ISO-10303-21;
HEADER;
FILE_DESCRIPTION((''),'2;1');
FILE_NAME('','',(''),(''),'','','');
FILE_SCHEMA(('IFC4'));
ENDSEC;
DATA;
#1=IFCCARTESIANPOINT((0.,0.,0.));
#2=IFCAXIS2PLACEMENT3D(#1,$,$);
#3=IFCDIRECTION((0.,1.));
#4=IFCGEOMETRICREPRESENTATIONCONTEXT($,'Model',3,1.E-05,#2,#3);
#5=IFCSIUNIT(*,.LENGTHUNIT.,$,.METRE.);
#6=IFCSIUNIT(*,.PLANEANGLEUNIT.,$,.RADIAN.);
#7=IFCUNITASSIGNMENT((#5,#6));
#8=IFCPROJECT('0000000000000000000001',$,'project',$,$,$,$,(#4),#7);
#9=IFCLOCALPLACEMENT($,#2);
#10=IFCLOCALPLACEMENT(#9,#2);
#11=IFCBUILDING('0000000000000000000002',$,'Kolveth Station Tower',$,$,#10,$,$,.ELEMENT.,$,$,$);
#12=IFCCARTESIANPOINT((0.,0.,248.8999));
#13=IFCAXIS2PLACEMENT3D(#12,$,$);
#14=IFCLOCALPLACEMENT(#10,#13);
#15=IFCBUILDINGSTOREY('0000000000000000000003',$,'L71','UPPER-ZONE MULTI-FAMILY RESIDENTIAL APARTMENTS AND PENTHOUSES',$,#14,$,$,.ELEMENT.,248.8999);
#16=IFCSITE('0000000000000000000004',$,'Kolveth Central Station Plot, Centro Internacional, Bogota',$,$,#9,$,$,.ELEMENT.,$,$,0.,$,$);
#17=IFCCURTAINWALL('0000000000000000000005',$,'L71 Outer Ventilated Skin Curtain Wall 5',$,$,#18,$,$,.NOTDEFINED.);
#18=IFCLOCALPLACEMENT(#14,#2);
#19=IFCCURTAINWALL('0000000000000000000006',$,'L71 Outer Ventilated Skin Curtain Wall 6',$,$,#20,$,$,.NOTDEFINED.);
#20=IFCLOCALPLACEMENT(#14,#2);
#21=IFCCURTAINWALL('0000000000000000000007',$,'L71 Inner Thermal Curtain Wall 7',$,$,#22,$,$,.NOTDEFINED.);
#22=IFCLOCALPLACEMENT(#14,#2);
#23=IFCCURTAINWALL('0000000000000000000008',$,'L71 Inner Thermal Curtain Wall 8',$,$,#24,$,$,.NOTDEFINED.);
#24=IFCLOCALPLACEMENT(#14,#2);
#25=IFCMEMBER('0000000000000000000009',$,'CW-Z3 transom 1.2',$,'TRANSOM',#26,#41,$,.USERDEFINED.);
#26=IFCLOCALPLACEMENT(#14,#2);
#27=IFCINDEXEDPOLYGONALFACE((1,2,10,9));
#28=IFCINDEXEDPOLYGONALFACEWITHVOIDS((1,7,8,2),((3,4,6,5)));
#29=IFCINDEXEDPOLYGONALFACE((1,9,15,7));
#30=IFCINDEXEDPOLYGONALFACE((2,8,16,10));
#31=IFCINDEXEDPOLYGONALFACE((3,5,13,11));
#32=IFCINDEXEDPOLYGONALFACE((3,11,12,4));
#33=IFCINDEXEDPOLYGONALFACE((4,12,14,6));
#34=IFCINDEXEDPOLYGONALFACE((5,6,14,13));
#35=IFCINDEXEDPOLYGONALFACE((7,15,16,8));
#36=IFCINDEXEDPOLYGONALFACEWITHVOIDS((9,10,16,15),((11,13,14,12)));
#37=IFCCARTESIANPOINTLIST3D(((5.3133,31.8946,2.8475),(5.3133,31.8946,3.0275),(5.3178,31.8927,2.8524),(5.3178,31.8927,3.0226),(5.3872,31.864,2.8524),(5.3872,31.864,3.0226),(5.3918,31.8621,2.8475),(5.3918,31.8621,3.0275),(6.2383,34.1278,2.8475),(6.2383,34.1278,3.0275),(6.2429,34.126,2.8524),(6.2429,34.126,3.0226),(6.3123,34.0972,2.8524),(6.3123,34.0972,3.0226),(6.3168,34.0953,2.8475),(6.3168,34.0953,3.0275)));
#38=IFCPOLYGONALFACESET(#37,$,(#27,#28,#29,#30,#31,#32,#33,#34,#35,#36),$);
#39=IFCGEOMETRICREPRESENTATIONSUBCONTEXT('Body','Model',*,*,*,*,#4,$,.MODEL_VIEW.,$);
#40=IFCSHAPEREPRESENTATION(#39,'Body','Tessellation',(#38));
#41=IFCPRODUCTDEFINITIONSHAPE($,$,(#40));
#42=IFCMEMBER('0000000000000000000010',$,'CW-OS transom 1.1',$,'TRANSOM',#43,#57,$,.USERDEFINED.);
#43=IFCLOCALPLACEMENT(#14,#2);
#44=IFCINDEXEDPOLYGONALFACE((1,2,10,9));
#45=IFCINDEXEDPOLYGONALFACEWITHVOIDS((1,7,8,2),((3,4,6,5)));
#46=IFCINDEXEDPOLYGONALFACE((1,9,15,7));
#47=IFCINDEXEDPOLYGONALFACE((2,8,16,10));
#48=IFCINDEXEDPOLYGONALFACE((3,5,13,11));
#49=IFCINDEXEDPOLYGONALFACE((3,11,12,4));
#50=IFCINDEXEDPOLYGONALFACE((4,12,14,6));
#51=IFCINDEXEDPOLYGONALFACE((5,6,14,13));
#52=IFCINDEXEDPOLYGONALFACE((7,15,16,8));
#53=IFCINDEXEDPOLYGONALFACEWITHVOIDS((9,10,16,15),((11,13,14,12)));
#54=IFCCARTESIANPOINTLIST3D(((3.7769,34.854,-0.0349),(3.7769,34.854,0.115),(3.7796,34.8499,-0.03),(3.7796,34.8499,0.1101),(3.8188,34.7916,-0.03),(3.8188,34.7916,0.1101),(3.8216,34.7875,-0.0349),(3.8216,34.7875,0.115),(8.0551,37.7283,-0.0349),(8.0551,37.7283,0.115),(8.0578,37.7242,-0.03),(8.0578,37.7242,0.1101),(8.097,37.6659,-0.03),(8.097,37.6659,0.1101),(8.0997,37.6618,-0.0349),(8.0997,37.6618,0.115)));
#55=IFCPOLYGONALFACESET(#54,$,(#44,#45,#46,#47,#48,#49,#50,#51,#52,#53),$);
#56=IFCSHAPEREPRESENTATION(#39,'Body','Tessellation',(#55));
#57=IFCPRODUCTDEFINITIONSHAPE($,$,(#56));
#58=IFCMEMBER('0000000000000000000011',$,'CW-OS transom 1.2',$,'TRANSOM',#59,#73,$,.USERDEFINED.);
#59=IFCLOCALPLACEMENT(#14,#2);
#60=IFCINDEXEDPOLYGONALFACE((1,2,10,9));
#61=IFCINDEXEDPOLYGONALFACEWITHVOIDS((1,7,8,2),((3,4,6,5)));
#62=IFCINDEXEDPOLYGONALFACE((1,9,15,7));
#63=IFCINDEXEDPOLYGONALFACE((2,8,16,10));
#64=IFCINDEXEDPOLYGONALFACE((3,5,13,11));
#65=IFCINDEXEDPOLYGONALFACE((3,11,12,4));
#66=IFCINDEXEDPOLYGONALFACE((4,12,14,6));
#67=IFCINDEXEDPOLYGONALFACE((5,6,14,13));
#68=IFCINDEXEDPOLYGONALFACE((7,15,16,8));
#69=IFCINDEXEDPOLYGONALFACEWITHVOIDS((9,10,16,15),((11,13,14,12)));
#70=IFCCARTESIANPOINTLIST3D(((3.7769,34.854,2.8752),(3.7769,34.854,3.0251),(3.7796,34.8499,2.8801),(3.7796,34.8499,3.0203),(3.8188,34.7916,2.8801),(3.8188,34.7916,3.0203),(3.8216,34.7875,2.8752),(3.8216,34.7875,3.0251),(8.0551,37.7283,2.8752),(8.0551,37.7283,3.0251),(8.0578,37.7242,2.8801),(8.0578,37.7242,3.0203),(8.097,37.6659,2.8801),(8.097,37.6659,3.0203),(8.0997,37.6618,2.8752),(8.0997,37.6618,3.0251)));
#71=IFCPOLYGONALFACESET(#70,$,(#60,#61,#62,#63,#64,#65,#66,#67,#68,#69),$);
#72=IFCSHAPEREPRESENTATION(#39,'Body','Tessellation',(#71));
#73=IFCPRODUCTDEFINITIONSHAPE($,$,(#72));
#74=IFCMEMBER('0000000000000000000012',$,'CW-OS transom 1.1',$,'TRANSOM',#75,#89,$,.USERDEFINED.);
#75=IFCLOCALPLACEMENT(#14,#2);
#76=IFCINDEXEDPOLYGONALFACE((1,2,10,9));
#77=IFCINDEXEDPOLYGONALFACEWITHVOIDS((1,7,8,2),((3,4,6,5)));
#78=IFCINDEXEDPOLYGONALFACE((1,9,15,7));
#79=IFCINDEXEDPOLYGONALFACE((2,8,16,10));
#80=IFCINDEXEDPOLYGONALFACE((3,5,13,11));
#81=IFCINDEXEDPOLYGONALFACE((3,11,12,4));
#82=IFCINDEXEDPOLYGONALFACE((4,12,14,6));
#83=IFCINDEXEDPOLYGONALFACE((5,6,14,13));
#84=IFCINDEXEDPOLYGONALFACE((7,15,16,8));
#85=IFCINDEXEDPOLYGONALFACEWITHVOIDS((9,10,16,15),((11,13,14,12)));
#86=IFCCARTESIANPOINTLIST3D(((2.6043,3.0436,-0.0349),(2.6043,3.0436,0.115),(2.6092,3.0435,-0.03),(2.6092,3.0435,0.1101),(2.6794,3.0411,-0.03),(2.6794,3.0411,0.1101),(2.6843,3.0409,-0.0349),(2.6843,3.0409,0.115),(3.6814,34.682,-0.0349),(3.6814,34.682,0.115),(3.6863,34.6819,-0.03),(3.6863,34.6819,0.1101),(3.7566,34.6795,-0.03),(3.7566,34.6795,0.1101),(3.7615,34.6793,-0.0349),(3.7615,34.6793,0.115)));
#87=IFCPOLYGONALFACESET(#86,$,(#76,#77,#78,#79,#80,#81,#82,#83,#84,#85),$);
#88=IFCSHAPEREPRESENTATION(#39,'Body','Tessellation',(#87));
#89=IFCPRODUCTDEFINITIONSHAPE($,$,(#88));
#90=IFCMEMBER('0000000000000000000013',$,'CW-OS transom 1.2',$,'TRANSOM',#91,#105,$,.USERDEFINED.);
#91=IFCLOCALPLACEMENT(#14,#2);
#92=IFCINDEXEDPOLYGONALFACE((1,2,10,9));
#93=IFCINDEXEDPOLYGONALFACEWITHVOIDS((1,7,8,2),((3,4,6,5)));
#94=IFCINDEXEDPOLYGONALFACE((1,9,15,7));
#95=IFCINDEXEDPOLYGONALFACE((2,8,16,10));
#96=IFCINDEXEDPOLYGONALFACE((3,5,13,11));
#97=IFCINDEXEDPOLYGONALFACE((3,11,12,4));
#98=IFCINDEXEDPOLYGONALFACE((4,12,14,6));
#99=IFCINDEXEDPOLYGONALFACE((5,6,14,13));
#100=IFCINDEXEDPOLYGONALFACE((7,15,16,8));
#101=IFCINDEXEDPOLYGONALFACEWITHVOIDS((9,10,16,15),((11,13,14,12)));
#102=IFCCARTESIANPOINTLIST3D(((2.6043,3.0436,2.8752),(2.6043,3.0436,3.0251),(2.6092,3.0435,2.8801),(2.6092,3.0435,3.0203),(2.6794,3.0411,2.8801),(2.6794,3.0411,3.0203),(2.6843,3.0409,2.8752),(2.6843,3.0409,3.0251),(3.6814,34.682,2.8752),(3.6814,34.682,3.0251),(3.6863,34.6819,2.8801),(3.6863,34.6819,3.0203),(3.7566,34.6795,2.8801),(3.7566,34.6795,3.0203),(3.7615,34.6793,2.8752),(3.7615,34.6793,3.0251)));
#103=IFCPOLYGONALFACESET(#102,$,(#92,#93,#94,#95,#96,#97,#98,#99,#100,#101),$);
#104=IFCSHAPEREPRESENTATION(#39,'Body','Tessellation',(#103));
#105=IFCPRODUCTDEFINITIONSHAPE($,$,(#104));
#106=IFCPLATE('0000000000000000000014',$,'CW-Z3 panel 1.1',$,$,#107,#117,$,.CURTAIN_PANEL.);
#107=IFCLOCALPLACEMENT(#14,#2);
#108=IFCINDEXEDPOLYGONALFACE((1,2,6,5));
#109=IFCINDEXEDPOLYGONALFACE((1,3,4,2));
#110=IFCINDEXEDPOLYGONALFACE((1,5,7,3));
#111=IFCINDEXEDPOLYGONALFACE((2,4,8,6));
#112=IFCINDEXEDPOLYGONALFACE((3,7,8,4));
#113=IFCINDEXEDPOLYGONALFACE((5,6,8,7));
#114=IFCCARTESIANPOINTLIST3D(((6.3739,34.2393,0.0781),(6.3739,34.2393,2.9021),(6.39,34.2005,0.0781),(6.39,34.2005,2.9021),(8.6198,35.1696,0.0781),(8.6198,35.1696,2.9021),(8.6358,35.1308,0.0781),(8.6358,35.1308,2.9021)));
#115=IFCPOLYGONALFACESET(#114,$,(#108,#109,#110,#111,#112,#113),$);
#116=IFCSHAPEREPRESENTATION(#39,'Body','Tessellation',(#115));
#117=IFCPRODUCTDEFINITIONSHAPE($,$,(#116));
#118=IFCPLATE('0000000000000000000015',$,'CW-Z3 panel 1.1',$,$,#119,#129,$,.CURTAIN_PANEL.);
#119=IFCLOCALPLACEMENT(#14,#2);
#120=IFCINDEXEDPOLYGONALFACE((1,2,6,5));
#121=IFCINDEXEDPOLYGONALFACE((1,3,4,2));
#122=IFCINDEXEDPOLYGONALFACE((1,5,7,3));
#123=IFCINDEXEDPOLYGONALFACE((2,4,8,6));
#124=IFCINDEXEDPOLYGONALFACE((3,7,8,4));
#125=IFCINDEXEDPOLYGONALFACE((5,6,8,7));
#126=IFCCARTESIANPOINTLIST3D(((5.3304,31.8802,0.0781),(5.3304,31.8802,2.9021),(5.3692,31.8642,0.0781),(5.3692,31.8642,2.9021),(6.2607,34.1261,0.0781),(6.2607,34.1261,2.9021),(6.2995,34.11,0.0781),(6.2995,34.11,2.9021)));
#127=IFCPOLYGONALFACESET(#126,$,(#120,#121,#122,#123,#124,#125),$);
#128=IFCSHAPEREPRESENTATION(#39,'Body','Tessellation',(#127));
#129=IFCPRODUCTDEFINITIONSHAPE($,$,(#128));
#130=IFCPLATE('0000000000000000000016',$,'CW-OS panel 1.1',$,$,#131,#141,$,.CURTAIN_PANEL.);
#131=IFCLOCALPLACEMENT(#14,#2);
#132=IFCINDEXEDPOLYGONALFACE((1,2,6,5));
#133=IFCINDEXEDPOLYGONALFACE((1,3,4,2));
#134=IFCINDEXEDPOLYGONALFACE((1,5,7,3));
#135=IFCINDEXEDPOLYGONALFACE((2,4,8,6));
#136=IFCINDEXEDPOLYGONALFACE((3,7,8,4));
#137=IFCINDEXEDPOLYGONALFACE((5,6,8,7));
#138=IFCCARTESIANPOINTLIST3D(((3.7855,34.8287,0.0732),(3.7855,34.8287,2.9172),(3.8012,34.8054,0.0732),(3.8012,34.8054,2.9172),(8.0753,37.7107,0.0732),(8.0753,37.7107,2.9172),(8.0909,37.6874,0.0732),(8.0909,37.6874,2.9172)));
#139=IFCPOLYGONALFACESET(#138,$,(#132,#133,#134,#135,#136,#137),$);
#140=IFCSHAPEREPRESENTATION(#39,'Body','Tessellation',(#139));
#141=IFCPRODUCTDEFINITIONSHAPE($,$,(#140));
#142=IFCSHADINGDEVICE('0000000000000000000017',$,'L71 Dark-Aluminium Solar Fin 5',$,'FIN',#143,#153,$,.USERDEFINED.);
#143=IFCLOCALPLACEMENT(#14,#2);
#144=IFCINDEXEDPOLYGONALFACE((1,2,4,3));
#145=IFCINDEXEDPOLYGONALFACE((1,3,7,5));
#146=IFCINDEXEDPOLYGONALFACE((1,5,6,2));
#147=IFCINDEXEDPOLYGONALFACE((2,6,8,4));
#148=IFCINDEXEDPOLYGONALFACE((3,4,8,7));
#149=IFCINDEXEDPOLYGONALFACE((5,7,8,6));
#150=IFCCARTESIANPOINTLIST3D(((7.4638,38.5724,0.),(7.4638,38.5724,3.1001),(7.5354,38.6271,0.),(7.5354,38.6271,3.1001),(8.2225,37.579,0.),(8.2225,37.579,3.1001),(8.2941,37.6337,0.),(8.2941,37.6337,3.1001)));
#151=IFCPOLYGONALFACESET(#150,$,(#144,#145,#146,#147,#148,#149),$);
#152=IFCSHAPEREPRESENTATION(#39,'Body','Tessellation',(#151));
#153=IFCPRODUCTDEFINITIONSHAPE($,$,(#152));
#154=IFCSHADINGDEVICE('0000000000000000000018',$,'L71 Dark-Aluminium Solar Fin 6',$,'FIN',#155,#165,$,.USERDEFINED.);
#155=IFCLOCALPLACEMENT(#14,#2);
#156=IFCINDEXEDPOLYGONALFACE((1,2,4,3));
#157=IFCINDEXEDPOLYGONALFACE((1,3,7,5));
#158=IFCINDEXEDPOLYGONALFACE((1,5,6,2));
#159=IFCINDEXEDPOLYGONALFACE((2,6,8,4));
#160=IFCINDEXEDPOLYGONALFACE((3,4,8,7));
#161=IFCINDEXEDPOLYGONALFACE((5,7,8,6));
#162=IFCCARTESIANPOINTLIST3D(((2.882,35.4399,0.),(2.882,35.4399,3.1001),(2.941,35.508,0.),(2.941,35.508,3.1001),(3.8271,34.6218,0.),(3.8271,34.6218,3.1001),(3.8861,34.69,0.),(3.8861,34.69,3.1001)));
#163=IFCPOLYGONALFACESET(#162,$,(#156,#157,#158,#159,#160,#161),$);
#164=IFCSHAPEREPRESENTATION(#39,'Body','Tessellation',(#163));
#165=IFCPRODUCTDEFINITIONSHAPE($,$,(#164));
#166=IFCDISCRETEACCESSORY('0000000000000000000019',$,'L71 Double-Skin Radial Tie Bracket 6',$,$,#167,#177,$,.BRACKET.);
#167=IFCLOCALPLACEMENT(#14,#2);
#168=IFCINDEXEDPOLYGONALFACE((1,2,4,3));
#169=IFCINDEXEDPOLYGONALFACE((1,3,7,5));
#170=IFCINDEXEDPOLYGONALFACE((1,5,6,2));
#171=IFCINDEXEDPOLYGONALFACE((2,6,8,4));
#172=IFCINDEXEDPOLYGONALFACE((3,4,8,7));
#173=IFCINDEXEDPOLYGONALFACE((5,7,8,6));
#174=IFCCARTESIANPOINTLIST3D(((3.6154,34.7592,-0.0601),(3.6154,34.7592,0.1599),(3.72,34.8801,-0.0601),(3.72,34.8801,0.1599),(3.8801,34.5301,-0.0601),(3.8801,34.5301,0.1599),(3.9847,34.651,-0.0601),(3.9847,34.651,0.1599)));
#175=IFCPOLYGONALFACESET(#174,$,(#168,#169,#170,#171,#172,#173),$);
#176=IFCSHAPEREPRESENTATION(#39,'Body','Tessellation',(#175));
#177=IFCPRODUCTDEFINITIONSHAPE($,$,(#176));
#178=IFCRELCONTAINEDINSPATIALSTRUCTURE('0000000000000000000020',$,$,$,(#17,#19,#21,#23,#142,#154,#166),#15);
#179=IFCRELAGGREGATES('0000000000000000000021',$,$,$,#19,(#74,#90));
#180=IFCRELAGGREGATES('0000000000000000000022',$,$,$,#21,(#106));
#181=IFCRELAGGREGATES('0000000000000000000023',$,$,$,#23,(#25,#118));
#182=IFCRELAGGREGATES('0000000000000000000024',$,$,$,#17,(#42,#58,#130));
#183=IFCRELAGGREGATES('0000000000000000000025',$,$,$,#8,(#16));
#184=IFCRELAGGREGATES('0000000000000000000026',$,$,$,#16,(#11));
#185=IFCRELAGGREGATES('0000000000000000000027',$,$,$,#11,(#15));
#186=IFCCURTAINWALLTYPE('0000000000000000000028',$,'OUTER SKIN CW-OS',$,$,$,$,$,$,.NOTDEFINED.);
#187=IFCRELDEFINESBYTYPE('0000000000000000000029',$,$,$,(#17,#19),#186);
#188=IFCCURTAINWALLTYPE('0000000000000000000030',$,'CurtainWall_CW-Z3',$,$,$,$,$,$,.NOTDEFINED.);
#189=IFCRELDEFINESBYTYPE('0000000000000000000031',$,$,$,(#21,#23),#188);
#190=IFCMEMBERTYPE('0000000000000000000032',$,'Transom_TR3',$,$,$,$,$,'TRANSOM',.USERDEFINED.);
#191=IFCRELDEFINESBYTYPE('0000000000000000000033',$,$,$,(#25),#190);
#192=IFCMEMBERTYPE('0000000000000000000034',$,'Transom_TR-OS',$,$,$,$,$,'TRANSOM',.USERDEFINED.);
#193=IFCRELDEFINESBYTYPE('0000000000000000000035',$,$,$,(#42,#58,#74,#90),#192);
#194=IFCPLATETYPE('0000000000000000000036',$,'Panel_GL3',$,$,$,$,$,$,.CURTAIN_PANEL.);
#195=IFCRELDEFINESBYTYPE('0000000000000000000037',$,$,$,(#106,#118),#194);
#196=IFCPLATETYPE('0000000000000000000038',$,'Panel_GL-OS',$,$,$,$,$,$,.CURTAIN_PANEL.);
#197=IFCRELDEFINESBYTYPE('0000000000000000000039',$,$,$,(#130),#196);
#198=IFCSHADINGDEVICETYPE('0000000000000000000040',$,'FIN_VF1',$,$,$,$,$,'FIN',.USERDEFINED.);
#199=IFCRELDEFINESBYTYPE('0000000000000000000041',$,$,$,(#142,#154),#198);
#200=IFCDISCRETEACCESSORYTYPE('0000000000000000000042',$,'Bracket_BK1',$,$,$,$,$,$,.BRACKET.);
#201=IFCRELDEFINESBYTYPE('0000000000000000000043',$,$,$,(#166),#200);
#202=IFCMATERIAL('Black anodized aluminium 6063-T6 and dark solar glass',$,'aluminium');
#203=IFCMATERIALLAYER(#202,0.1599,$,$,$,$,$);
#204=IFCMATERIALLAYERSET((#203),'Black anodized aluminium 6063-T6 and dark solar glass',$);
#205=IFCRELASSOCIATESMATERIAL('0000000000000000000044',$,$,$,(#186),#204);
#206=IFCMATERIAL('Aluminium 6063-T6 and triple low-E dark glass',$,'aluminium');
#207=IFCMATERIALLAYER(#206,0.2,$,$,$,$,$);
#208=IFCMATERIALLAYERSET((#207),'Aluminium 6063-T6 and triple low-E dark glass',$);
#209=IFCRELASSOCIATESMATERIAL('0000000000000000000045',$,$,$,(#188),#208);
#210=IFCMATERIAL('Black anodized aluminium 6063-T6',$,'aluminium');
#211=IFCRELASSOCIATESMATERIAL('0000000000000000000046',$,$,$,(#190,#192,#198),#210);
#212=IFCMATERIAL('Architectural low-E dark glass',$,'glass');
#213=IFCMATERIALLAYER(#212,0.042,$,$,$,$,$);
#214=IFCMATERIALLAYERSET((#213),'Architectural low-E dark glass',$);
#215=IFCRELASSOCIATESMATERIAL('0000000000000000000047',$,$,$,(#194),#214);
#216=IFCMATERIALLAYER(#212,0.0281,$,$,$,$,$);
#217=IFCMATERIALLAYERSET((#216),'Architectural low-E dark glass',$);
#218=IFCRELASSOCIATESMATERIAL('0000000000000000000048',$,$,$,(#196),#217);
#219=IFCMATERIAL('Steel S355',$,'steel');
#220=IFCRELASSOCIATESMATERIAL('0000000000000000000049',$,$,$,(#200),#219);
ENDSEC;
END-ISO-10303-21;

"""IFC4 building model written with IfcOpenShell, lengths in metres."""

from ifc_helpers import new_model, si_unit, direction, frame, origin, origin_2d, place, context, subcontext, project, spatial, rectangle, hollow_rectangle, extrude, source, transform, mapped, material, layer, layer_set, material_profile, profile_set, type_object, element, aggregate, save


model = new_model("IFC4")

# Units and contexts
model_context = context("Model", 3, precision=1e-05, world=origin(), true_north=direction((0.0, 1.0)))
body_context = subcontext(model_context, "Body", "Model", "MODEL_VIEW")
ifc_project = project(units=[si_unit("LENGTHUNIT", "METRE"), si_unit("PLANEANGLEUNIT", "RADIAN")], contexts=[model_context])

# Site, building, storey
site_placement = place(None, origin())
site = spatial("IfcSite", under=ifc_project, at=site_placement, Name="Kolveth Central Station Plot, Centro Internacional, Bogota", CompositionType="ELEMENT", RefElevation=0.0)
building_placement = place(site_placement, origin())
building = spatial("IfcBuilding", under=site, at=building_placement, Name="Kolveth Station Tower", CompositionType="ELEMENT")
storey_placement = place(building_placement, frame((0.0, 0.0, 248.8999)))
storey = spatial("IfcBuildingStorey", under=building, at=storey_placement, Name="L71", Description="UPPER-ZONE MULTI-FAMILY RESIDENTIAL APARTMENTS AND PENTHOUSES", CompositionType="ELEMENT", Elevation=248.8999)

# Curtain wall
ifc_material_1 = material(Name="Black anodized aluminium 6063-T6 and dark solar glass", Category="aluminium")
ifc_layer_1 = layer(ifc_material_1, 0.1599)
ifc_layer_set_1 = layer_set([ifc_layer_1], Name="Black anodized aluminium 6063-T6 and dark solar glass")
curtain_wall_type_1 = type_object("IfcCurtainWallType", Name="OUTER SKIN CW-OS", PredefinedType="NOTDEFINED", material=ifc_layer_set_1)
curtain_wall_1_placement = place(storey_placement, origin())
curtain_wall_1 = element("IfcCurtainWall", 1, at=curtain_wall_1_placement, inside=storey, type_object=curtain_wall_type_1, Name="L71 Outer Ventilated Skin Curtain Wall 5", PredefinedType="NOTDEFINED")
ifc_material_2 = material(Name="Black anodized aluminium 6063-T6", Category="aluminium")

# Curtain walls
curtain_wall_2_placement = place(storey_placement, origin())
curtain_wall_2 = element("IfcCurtainWall", 2, at=curtain_wall_2_placement, inside=storey, type_object=curtain_wall_type_1, Name="L71 Outer Ventilated Skin Curtain Wall 6", PredefinedType="NOTDEFINED")
ifc_material_3 = material(Name="Aluminium 6063-T6 and triple low-E dark glass", Category="aluminium")
ifc_layer_2 = layer(ifc_material_3, 0.2)
ifc_layer_set_2 = layer_set([ifc_layer_2], Name="Aluminium 6063-T6 and triple low-E dark glass")
curtain_wall_type_2 = type_object("IfcCurtainWallType", Name="CurtainWall_CW-Z3", PredefinedType="NOTDEFINED", material=ifc_layer_set_2)
curtain_wall_3_placement = place(storey_placement, origin())
curtain_wall_3 = element("IfcCurtainWall", 3, at=curtain_wall_3_placement, inside=storey, type_object=curtain_wall_type_2, Name="L71 Inner Thermal Curtain Wall 7", PredefinedType="NOTDEFINED")

# Curtain wall
curtain_wall_4_placement = place(storey_placement, origin())
curtain_wall_4 = element("IfcCurtainWall", 4, at=curtain_wall_4_placement, inside=storey, type_object=curtain_wall_type_2, Name="L71 Inner Thermal Curtain Wall 8", PredefinedType="NOTDEFINED")
ifc_material_profile_1 = material_profile(ifc_material_2, hollow_rectangle(XDim=0.085, YDim=0.1799, WallThickness=0.0049, at=origin_2d()), Name="ALU-85x180x5")
ifc_profile_set_1 = profile_set([ifc_material_profile_1], Name="Black anodized aluminium 6063-T6")
member_type_1 = type_object("IfcMemberType", Name="Transom_TR3", ElementType="TRANSOM", PredefinedType="USERDEFINED", material=ifc_profile_set_1)

# Members
shared_shape_1 = source(origin(), body_context, "Body", "SweptSolid", [
    extrude(hollow_rectangle(XDim=0.085, YDim=0.1799, WallThickness=0.0049, at=origin_2d()), origin(), (0.0, 0.0, 1.0), 2.4172),
])
member_1_placement = place(storey_placement, frame((6.2776, 34.1116, 2.9375), z_axis=(-0.3827, -0.923873, 0.0), x_axis=(0.923873, -0.3827, 0.0)))
member_1 = element("IfcMember", 5, at=member_1_placement, type_object=member_type_1, Name="CW-Z3 transom 1.2", ObjectType="TRANSOM", PredefinedType="USERDEFINED", context=body_context, shape_type="MappedRepresentation", body=[
    mapped(shared_shape_1, transform((0.0, 0.0, 0.0), x_axis=(1.0, 0.0, 0.0), y_axis=(0.0, 1.0, 0.0), z_axis=(0.0, 0.0, 1.0), scale=1.0)),
])
ifc_material_profile_2 = material_profile(ifc_material_2, hollow_rectangle(XDim=0.0801, YDim=0.1499, WallThickness=0.0049, at=origin_2d()), Name="ALU-80x150x5")
ifc_profile_set_2 = profile_set([ifc_material_profile_2], Name="Black anodized aluminium 6063-T6")
member_type_2 = type_object("IfcMemberType", Name="Transom_TR-OS", ElementType="TRANSOM", PredefinedType="USERDEFINED", material=ifc_profile_set_2)
shared_shape_2 = source(origin(), body_context, "Body", "SweptSolid", [
    extrude(hollow_rectangle(XDim=0.0801, YDim=0.1499, WallThickness=0.0049, at=origin_2d()), origin(), (0.0, 0.0, 1.0), 5.1541),
])
member_2_placement = place(storey_placement, frame((8.0774, 37.6951, 0.04), z_axis=(-0.830055, -0.557681, 0.0), x_axis=(0.557681, -0.830055, 0.0)))
member_2 = element("IfcMember", 6, at=member_2_placement, type_object=member_type_2, Name="CW-OS transom 1.1", ObjectType="TRANSOM", PredefinedType="USERDEFINED", context=body_context, shape_type="MappedRepresentation", body=[
    mapped(shared_shape_2, transform((0.0, 0.0, 0.0), x_axis=(1.0, 0.0, 0.0), y_axis=(0.0, 1.0, 0.0), z_axis=(0.0, 0.0, 1.0), scale=1.0)),
])
member_3_placement = place(storey_placement, frame((8.0774, 37.6951, 2.9502), z_axis=(-0.830055, -0.557681, 0.0), x_axis=(0.557681, -0.830055, 0.0)))
member_3 = element("IfcMember", 7, at=member_3_placement, type_object=member_type_2, Name="CW-OS transom 1.2", ObjectType="TRANSOM", PredefinedType="USERDEFINED", context=body_context, shape_type="MappedRepresentation", body=[
    mapped(shared_shape_2, transform((0.0, 0.0, 0.0), x_axis=(1.0, 0.0, 0.0), y_axis=(0.0, 1.0, 0.0), z_axis=(0.0, 0.0, 1.0), scale=1.0)),
])
shared_shape_3 = source(origin(), body_context, "Body", "SweptSolid", [
    extrude(hollow_rectangle(XDim=0.0801, YDim=0.1499, WallThickness=0.0049, at=origin_2d()), origin(), (0.0, 0.0, 1.0), 31.6567),
])
member_4_placement = place(storey_placement, frame((3.7214, 34.6807, 0.04), z_axis=(-0.034026, -0.999421, 0.0), x_axis=(0.999421, -0.034026, 0.0)))
member_4 = element("IfcMember", 8, at=member_4_placement, type_object=member_type_2, Name="CW-OS transom 1.1", ObjectType="TRANSOM", PredefinedType="USERDEFINED", context=body_context, shape_type="MappedRepresentation", body=[
    mapped(shared_shape_3, transform((0.0, 0.0, 0.0), x_axis=(1.0, 0.0, 0.0), y_axis=(0.0, 1.0, 0.0), z_axis=(0.0, 0.0, 1.0), scale=1.0)),
])
member_5_placement = place(storey_placement, frame((3.7214, 34.6807, 2.9502), z_axis=(-0.034026, -0.999421, 0.0), x_axis=(0.999421, -0.034026, 0.0)))
member_5 = element("IfcMember", 9, at=member_5_placement, type_object=member_type_2, Name="CW-OS transom 1.2", ObjectType="TRANSOM", PredefinedType="USERDEFINED", context=body_context, shape_type="MappedRepresentation", body=[
    mapped(shared_shape_3, transform((0.0, 0.0, 0.0), x_axis=(1.0, 0.0, 0.0), y_axis=(0.0, 1.0, 0.0), z_axis=(0.0, 0.0, 1.0), scale=1.0)),
])
aggregate(curtain_wall_2, [member_4, member_5])

# Plates
ifc_material_4 = material(Name="Architectural low-E dark glass", Category="glass")
ifc_layer_3 = layer(ifc_material_4, 0.042)
ifc_layer_set_3 = layer_set([ifc_layer_3], Name="Architectural low-E dark glass")
plate_type_1 = type_object("IfcPlateType", Name="Panel_GL3", PredefinedType="CURTAIN_PANEL", material=ifc_layer_set_3)
shared_shape_4 = source(origin(), body_context, "Body", "SweptSolid", [
    extrude(rectangle(XDim=2.4309, YDim=0.042, at=origin_2d()), origin(), (0.0, 0.0, 1.0), 2.824),
])
plate_1_placement = place(storey_placement, frame((7.5049, 34.6851, 0.0781), z_axis=(0.0, 0.0, 1.0), x_axis=(-0.923875, -0.382693, 0.0)))
plate_1 = element("IfcPlate", 10, at=plate_1_placement, type_object=plate_type_1, Name="CW-Z3 panel 1.1", PredefinedType="CURTAIN_PANEL", context=body_context, shape_type="MappedRepresentation", body=[
    mapped(shared_shape_4, transform((0.0, 0.0, 0.0), x_axis=(1.0, 0.0, 0.0), y_axis=(0.0, 1.0, 0.0), z_axis=(0.0, 0.0, 1.0), scale=1.0)),
])
aggregate(curtain_wall_3, [plate_1])
plate_2_placement = place(storey_placement, frame((5.8149, 32.9951, 0.0781), z_axis=(0.0, 0.0, 1.0), x_axis=(-0.382693, -0.923875, 0.0)))
plate_2 = element("IfcPlate", 11, at=plate_2_placement, type_object=plate_type_1, Name="CW-Z3 panel 1.1", PredefinedType="CURTAIN_PANEL", context=body_context, shape_type="MappedRepresentation", body=[
    mapped(shared_shape_4, transform((0.0, 0.0, 0.0), x_axis=(1.0, 0.0, 0.0), y_axis=(0.0, 1.0, 0.0), z_axis=(0.0, 0.0, 1.0), scale=1.0)),
])
aggregate(curtain_wall_4, [member_1, plate_2])
ifc_layer_4 = layer(ifc_material_4, 0.0281)
ifc_layer_set_4 = layer_set([ifc_layer_4], Name="Architectural low-E dark glass")
plate_type_2 = type_object("IfcPlateType", Name="Panel_GL-OS", PredefinedType="CURTAIN_PANEL", material=ifc_layer_set_4)
shared_shape_5 = source(origin(), body_context, "Body", "SweptSolid", [
    extrude(rectangle(XDim=5.168, YDim=0.0281, at=origin_2d()), origin(), (0.0, 0.0, 1.0), 2.844),
])
plate_3_placement = place(storey_placement, frame((5.9382, 36.2581, 0.0732), z_axis=(0.0, 0.0, 1.0), x_axis=(-0.830066, -0.557665, 0.0)))
plate_3 = element("IfcPlate", 12, at=plate_3_placement, type_object=plate_type_2, Name="CW-OS panel 1.1", PredefinedType="CURTAIN_PANEL", context=body_context, shape_type="MappedRepresentation", body=[
    mapped(shared_shape_5, transform((0.0, 0.0, 0.0), x_axis=(1.0, 0.0, 0.0), y_axis=(0.0, 1.0, 0.0), z_axis=(0.0, 0.0, 1.0), scale=1.0)),
])
aggregate(curtain_wall_1, [member_2, member_3, plate_3])

# Shading devices
shading_device_type = type_object("IfcShadingDeviceType", Name="FIN_VF1", ElementType="FIN", PredefinedType="USERDEFINED", material=ifc_material_2)
shared_shape_6 = source(origin(), body_context, "Body", "SweptSolid", [
    extrude(rectangle(XDim=1.25, YDim=0.0901, at=origin_2d()), origin(), (0.0, 0.0, 1.0), 3.1001),
])
for number, where, z_axis, x_axis, name in (
    (13, (7.8789, 38.103, 0.0), (0.0, 0.0, 1.0), (-0.60696, 0.794733, 0.0), "L71 Dark-Aluminium Solar Fin 5"),
    (14, (3.384, 35.0649, 0.0), (0.0, 0.0, 1.0), (-0.756082, 0.654477, 0.0), "L71 Dark-Aluminium Solar Fin 6"),
):
    element("IfcShadingDevice", number, at=place(storey_placement, frame(where, z_axis=z_axis, x_axis=x_axis)), inside=storey, type_object=shading_device_type, Name=name, ObjectType="FIN", PredefinedType="USERDEFINED", context=body_context, shape_type="MappedRepresentation", body=[
        mapped(shared_shape_6, transform((0.0, 0.0, 0.0), x_axis=(1.0, 0.0, 0.0), y_axis=(0.0, 1.0, 0.0), z_axis=(0.0, 0.0, 1.0), scale=1.0)),
    ])

# Discrete accessory
ifc_material_5 = material(Name="Steel S355", Category="steel")
discrete_accessory_type = type_object("IfcDiscreteAccessoryType", Name="Bracket_BK1", PredefinedType="BRACKET", material=ifc_material_5)
shared_shape_7 = source(origin(), body_context, "Body", "SweptSolid", [
    extrude(rectangle(XDim=0.3501, YDim=0.1599, at=origin_2d()), origin(), (0.0, 0.0, 1.0), 0.22),
])
discrete_accessory_placement = place(storey_placement, frame((3.8, 34.7051, -0.0601), z_axis=(0.0, 0.0, 1.0), x_axis=(-0.756082, 0.654477, 0.0)))
element("IfcDiscreteAccessory", 15, at=discrete_accessory_placement, inside=storey, type_object=discrete_accessory_type, Name="L71 Double-Skin Radial Tie Bracket 6", PredefinedType="BRACKET", context=body_context, shape_type="MappedRepresentation", body=[
    mapped(shared_shape_7, transform((0.0, 0.0, 0.0), x_axis=(1.0, 0.0, 0.0), y_axis=(0.0, 1.0, 0.0), z_axis=(0.0, 0.0, 1.0), scale=1.0)),
])

save(model, "model.ifc")
